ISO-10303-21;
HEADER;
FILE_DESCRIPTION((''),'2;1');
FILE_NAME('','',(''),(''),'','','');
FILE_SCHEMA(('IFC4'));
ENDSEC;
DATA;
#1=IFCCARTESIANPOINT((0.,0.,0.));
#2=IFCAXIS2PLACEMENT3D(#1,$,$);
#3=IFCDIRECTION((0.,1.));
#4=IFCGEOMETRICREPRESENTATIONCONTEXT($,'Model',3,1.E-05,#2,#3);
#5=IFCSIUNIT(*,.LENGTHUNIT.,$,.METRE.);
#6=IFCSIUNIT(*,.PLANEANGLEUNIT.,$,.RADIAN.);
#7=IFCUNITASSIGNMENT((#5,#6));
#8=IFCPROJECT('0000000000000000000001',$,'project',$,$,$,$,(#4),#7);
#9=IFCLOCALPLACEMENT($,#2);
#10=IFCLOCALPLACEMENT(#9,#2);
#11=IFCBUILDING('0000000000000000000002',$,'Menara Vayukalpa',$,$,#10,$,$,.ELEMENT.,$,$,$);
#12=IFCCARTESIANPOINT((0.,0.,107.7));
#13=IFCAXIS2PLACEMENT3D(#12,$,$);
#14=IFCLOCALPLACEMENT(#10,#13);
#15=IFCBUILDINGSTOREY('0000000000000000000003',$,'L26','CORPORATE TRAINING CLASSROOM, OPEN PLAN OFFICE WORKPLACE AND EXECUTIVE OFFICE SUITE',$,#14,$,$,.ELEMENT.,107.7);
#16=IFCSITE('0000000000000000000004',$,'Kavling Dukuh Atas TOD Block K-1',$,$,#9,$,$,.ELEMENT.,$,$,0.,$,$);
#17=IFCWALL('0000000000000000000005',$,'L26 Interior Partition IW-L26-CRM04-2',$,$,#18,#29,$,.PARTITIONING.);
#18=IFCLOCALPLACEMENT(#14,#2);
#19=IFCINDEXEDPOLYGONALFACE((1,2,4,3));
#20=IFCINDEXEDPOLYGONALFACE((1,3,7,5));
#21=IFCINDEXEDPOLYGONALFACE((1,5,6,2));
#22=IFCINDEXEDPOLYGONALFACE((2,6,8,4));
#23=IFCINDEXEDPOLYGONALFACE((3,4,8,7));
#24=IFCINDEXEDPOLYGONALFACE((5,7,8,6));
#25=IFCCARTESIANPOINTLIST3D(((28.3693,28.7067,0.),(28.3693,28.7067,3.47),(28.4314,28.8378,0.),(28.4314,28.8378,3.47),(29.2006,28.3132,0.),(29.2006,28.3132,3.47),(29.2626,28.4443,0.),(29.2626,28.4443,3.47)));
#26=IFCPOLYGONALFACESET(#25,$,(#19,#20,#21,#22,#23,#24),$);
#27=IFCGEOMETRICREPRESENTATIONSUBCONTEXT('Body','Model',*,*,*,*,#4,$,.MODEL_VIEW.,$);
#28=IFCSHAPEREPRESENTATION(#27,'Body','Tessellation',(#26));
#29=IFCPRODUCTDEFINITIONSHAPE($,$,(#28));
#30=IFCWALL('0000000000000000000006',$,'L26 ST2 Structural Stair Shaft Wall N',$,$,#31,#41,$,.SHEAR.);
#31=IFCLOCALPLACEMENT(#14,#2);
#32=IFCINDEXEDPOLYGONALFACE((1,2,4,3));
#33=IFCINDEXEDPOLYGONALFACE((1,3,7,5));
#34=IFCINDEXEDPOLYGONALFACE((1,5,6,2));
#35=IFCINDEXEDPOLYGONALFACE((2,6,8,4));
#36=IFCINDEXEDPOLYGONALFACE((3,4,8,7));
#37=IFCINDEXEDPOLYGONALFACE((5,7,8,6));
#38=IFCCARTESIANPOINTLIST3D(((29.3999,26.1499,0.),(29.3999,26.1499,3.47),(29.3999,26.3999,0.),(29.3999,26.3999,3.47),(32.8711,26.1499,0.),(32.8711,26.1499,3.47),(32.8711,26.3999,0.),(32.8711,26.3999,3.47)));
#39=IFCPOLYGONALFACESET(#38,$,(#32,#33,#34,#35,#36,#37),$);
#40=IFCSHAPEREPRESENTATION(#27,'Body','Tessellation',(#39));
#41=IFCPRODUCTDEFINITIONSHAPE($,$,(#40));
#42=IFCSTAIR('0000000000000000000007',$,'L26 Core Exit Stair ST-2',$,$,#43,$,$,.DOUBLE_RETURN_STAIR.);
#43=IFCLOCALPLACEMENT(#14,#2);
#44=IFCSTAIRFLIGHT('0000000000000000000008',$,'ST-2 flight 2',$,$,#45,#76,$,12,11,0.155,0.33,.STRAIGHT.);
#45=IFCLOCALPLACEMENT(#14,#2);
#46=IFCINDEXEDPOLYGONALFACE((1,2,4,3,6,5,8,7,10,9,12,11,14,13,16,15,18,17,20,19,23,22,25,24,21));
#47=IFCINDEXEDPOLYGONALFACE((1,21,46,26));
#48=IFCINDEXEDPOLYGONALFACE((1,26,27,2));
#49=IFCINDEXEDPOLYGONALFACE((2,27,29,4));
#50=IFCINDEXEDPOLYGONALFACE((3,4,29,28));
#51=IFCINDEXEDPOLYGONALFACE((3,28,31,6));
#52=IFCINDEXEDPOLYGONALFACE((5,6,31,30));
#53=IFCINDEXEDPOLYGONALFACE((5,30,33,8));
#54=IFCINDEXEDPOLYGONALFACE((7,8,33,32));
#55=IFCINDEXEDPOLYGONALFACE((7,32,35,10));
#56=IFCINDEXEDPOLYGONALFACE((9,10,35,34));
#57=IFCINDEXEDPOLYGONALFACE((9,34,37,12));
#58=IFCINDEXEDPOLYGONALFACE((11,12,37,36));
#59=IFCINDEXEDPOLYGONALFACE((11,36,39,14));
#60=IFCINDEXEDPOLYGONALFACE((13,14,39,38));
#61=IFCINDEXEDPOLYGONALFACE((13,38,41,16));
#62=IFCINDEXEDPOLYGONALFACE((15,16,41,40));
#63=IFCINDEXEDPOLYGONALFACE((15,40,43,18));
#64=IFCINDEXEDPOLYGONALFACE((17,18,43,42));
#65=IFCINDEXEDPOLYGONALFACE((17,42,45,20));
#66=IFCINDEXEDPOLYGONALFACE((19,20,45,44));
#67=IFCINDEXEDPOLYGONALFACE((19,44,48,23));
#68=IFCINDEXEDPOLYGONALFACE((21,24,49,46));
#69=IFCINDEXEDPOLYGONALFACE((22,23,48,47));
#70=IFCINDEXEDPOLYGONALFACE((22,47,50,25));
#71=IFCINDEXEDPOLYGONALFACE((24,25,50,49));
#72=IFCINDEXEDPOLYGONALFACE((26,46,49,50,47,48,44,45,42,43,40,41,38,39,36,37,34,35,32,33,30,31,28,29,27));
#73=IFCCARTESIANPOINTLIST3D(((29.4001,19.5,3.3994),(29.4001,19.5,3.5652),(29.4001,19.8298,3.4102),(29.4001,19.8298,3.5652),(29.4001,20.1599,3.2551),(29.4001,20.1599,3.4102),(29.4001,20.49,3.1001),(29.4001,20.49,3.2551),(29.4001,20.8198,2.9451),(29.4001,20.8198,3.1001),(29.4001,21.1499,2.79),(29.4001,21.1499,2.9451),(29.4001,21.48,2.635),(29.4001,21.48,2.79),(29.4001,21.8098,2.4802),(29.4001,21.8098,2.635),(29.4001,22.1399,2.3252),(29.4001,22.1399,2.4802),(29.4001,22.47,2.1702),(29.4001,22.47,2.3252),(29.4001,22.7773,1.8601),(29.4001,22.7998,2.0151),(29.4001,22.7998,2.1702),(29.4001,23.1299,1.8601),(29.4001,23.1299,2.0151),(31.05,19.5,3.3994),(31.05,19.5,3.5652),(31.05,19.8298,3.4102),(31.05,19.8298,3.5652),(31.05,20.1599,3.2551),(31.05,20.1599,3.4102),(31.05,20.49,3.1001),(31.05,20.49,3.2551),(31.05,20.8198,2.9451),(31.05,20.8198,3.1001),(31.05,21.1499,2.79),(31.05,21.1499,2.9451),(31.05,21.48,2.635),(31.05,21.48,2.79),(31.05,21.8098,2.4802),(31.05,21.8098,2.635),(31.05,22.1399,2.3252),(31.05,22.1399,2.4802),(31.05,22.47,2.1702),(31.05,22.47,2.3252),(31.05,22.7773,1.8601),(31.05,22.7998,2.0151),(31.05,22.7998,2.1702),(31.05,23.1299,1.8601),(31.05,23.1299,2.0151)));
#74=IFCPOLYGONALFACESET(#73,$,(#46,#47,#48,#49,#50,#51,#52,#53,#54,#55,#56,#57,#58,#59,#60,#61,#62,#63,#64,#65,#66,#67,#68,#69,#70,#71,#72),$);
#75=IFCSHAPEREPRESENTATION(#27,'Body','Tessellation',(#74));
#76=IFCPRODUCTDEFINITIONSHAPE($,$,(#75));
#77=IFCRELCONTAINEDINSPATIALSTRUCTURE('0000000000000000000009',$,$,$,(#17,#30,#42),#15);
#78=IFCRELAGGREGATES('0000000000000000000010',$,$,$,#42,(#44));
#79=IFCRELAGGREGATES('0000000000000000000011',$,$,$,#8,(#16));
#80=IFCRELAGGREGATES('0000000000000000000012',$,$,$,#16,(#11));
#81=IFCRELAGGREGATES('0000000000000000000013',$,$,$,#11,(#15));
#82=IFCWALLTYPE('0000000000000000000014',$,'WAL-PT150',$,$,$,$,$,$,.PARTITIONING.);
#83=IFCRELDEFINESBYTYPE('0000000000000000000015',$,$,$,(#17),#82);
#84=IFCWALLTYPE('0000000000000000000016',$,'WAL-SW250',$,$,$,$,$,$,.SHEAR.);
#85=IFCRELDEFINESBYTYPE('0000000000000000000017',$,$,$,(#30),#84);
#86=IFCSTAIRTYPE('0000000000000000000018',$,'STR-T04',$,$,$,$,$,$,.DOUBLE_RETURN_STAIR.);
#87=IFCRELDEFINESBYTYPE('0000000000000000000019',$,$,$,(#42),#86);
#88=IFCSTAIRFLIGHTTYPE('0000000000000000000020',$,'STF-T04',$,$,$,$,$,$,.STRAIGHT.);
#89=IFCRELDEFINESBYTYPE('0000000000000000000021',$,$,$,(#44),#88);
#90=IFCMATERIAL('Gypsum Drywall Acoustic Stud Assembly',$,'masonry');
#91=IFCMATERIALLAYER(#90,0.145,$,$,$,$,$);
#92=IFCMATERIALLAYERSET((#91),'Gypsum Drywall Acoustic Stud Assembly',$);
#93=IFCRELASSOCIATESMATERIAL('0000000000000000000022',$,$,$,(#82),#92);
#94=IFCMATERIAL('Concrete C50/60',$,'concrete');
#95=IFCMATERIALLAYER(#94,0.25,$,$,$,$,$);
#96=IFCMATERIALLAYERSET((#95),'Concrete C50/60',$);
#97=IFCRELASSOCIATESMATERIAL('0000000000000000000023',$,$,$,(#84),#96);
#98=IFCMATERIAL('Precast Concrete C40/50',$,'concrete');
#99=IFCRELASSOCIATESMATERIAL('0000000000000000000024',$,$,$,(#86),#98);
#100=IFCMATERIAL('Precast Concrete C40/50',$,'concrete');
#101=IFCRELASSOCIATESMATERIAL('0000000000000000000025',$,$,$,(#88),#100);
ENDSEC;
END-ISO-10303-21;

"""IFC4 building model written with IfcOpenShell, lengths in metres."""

from ifc_helpers import new_model, si_unit, direction, frame, frame_2d, origin, place, context, subcontext, project, spatial, polyline, rectangle, outline, extrude, material, layer, layer_set, type_object, element, aggregate, save


model = new_model("IFC4")

# Units and contexts
model_context = context("Model", 3, precision=1e-05, world=origin(), true_north=direction((0.0, 1.0)))
body_context = subcontext(model_context, "Body", "Model", "MODEL_VIEW")
ifc_project = project(units=[si_unit("LENGTHUNIT", "METRE"), si_unit("PLANEANGLEUNIT", "RADIAN")], contexts=[model_context])

# Site, building, storey
site_placement = place(None, origin())
site = spatial("IfcSite", under=ifc_project, at=site_placement, Name="Kavling Dukuh Atas TOD Block K-1", CompositionType="ELEMENT", RefElevation=0.0)
building_placement = place(site_placement, origin())
building = spatial("IfcBuilding", under=site, at=building_placement, Name="Menara Vayukalpa", CompositionType="ELEMENT")
storey_placement = place(building_placement, frame((0.0, 0.0, 107.7)))
storey = spatial("IfcBuildingStorey", under=building, at=storey_placement, Name="L26", Description="CORPORATE TRAINING CLASSROOM, OPEN PLAN OFFICE WORKPLACE AND EXECUTIVE OFFICE SUITE", CompositionType="ELEMENT", Elevation=107.7)

# Walls
ifc_material_1 = material(Name="Gypsum Drywall Acoustic Stud Assembly", Category="masonry")
ifc_layer_1 = layer(ifc_material_1, 0.145)
ifc_layer_set_1 = layer_set([ifc_layer_1], Name="Gypsum Drywall Acoustic Stud Assembly")
wall_type_1 = type_object("IfcWallType", Name="WAL-PT150", PredefinedType="PARTITIONING", material=ifc_layer_set_1)
wall_1_placement = place(storey_placement, frame((29.2317, 28.3787, 0.0), z_axis=(0.0, 0.0, 1.0), x_axis=(-0.90383, 0.427892, 0.0)))
element("IfcWall", 1, at=wall_1_placement, inside=storey, type_object=wall_type_1, Name="L26 Interior Partition IW-L26-CRM04-2", PredefinedType="PARTITIONING", context=body_context, shape_type="SweptSolid", body=[
    extrude(rectangle(XDim=0.9197, YDim=0.145, at=frame_2d((0.46, 0.0))), origin(), (0.0, 0.0, 1.0), 3.47),
])
ifc_material_2 = material(Name="Concrete C50/60", Category="concrete")
ifc_layer_2 = layer(ifc_material_2, 0.25)
ifc_layer_set_2 = layer_set([ifc_layer_2], Name="Concrete C50/60")
wall_type_2 = type_object("IfcWallType", Name="WAL-SW250", PredefinedType="SHEAR", material=ifc_layer_set_2)
wall_2_placement = place(storey_placement, frame((29.3999, 26.2749, 0.0), z_axis=(0.0, 0.0, 1.0), x_axis=(1.0, 0.0, 0.0)))
element("IfcWall", 2, at=wall_2_placement, inside=storey, type_object=wall_type_2, Name="L26 ST2 Structural Stair Shaft Wall N", PredefinedType="SHEAR", context=body_context, shape_type="SweptSolid", body=[
    extrude(rectangle(XDim=3.4712, YDim=0.25, at=frame_2d((1.7356, 0.0))), origin(), (0.0, 0.0, 1.0), 3.47),
])

# Stair, stair flight
ifc_material_3 = material(Name="Precast Concrete C40/50", Category="concrete")
stair_type = type_object("IfcStairType", Name="STR-T04", PredefinedType="DOUBLE_RETURN_STAIR", material=ifc_material_3)
stair_placement = place(storey_placement, origin())
stair = element("IfcStair", 3, at=stair_placement, inside=storey, type_object=stair_type, Name="L26 Core Exit Stair ST-2", PredefinedType="DOUBLE_RETURN_STAIR")
ifc_material_4 = material(Name="Precast Concrete C40/50", Category="concrete")
stair_flight_type = type_object("IfcStairFlightType", Name="STF-T04", PredefinedType="STRAIGHT", material=ifc_material_4)
stair_flight_placement = place(storey_placement, frame((30.2251, 23.1299, 1.8601), z_axis=(0.0, 0.0, 1.0), x_axis=(0.0, -1.0, 0.0)))
stair_flight = element("IfcStairFlight", 4, at=stair_flight_placement, type_object=stair_flight_type, Name="ST-2 flight 2", NumberOfRisers=12, NumberOfTreads=11, PredefinedType="STRAIGHT", RiserHeight=0.155, TreadLength=0.33, context=body_context, shape_type="SweptSolid", body=[
    extrude(outline(polyline([(0.0, 0.0), (0.0, 0.155), (0.3301, 0.155), (0.3301, 0.3101), (0.6599, 0.3101), (0.6599, 0.4651), (0.99, 0.4651), (0.99, 0.6201), (1.3201, 0.6201), (1.3201, 0.7749), (1.6499, 0.7749), (1.6499, 0.9299), (1.98, 0.9299), (1.98, 1.085), (2.3101, 1.085), (2.3101, 1.24), (2.6399, 1.24), (2.6399, 1.395), (2.97, 1.395), (2.97, 1.55), (3.3, 1.55), (3.3, 1.7051), (3.6299, 1.7051), (3.6299, 1.8601), (3.6299, 1.5393), (0.3525, 0.0), (0.0, 0.0)])), frame((0.0, 0.825, 0.0), z_axis=(0.0, -1.0, 0.0), x_axis=(1.0, 0.0, 0.0)), (0.0, 0.0, 1.0), 1.6499),
])
aggregate(stair, [stair_flight])

save(model, "model.ifc")
